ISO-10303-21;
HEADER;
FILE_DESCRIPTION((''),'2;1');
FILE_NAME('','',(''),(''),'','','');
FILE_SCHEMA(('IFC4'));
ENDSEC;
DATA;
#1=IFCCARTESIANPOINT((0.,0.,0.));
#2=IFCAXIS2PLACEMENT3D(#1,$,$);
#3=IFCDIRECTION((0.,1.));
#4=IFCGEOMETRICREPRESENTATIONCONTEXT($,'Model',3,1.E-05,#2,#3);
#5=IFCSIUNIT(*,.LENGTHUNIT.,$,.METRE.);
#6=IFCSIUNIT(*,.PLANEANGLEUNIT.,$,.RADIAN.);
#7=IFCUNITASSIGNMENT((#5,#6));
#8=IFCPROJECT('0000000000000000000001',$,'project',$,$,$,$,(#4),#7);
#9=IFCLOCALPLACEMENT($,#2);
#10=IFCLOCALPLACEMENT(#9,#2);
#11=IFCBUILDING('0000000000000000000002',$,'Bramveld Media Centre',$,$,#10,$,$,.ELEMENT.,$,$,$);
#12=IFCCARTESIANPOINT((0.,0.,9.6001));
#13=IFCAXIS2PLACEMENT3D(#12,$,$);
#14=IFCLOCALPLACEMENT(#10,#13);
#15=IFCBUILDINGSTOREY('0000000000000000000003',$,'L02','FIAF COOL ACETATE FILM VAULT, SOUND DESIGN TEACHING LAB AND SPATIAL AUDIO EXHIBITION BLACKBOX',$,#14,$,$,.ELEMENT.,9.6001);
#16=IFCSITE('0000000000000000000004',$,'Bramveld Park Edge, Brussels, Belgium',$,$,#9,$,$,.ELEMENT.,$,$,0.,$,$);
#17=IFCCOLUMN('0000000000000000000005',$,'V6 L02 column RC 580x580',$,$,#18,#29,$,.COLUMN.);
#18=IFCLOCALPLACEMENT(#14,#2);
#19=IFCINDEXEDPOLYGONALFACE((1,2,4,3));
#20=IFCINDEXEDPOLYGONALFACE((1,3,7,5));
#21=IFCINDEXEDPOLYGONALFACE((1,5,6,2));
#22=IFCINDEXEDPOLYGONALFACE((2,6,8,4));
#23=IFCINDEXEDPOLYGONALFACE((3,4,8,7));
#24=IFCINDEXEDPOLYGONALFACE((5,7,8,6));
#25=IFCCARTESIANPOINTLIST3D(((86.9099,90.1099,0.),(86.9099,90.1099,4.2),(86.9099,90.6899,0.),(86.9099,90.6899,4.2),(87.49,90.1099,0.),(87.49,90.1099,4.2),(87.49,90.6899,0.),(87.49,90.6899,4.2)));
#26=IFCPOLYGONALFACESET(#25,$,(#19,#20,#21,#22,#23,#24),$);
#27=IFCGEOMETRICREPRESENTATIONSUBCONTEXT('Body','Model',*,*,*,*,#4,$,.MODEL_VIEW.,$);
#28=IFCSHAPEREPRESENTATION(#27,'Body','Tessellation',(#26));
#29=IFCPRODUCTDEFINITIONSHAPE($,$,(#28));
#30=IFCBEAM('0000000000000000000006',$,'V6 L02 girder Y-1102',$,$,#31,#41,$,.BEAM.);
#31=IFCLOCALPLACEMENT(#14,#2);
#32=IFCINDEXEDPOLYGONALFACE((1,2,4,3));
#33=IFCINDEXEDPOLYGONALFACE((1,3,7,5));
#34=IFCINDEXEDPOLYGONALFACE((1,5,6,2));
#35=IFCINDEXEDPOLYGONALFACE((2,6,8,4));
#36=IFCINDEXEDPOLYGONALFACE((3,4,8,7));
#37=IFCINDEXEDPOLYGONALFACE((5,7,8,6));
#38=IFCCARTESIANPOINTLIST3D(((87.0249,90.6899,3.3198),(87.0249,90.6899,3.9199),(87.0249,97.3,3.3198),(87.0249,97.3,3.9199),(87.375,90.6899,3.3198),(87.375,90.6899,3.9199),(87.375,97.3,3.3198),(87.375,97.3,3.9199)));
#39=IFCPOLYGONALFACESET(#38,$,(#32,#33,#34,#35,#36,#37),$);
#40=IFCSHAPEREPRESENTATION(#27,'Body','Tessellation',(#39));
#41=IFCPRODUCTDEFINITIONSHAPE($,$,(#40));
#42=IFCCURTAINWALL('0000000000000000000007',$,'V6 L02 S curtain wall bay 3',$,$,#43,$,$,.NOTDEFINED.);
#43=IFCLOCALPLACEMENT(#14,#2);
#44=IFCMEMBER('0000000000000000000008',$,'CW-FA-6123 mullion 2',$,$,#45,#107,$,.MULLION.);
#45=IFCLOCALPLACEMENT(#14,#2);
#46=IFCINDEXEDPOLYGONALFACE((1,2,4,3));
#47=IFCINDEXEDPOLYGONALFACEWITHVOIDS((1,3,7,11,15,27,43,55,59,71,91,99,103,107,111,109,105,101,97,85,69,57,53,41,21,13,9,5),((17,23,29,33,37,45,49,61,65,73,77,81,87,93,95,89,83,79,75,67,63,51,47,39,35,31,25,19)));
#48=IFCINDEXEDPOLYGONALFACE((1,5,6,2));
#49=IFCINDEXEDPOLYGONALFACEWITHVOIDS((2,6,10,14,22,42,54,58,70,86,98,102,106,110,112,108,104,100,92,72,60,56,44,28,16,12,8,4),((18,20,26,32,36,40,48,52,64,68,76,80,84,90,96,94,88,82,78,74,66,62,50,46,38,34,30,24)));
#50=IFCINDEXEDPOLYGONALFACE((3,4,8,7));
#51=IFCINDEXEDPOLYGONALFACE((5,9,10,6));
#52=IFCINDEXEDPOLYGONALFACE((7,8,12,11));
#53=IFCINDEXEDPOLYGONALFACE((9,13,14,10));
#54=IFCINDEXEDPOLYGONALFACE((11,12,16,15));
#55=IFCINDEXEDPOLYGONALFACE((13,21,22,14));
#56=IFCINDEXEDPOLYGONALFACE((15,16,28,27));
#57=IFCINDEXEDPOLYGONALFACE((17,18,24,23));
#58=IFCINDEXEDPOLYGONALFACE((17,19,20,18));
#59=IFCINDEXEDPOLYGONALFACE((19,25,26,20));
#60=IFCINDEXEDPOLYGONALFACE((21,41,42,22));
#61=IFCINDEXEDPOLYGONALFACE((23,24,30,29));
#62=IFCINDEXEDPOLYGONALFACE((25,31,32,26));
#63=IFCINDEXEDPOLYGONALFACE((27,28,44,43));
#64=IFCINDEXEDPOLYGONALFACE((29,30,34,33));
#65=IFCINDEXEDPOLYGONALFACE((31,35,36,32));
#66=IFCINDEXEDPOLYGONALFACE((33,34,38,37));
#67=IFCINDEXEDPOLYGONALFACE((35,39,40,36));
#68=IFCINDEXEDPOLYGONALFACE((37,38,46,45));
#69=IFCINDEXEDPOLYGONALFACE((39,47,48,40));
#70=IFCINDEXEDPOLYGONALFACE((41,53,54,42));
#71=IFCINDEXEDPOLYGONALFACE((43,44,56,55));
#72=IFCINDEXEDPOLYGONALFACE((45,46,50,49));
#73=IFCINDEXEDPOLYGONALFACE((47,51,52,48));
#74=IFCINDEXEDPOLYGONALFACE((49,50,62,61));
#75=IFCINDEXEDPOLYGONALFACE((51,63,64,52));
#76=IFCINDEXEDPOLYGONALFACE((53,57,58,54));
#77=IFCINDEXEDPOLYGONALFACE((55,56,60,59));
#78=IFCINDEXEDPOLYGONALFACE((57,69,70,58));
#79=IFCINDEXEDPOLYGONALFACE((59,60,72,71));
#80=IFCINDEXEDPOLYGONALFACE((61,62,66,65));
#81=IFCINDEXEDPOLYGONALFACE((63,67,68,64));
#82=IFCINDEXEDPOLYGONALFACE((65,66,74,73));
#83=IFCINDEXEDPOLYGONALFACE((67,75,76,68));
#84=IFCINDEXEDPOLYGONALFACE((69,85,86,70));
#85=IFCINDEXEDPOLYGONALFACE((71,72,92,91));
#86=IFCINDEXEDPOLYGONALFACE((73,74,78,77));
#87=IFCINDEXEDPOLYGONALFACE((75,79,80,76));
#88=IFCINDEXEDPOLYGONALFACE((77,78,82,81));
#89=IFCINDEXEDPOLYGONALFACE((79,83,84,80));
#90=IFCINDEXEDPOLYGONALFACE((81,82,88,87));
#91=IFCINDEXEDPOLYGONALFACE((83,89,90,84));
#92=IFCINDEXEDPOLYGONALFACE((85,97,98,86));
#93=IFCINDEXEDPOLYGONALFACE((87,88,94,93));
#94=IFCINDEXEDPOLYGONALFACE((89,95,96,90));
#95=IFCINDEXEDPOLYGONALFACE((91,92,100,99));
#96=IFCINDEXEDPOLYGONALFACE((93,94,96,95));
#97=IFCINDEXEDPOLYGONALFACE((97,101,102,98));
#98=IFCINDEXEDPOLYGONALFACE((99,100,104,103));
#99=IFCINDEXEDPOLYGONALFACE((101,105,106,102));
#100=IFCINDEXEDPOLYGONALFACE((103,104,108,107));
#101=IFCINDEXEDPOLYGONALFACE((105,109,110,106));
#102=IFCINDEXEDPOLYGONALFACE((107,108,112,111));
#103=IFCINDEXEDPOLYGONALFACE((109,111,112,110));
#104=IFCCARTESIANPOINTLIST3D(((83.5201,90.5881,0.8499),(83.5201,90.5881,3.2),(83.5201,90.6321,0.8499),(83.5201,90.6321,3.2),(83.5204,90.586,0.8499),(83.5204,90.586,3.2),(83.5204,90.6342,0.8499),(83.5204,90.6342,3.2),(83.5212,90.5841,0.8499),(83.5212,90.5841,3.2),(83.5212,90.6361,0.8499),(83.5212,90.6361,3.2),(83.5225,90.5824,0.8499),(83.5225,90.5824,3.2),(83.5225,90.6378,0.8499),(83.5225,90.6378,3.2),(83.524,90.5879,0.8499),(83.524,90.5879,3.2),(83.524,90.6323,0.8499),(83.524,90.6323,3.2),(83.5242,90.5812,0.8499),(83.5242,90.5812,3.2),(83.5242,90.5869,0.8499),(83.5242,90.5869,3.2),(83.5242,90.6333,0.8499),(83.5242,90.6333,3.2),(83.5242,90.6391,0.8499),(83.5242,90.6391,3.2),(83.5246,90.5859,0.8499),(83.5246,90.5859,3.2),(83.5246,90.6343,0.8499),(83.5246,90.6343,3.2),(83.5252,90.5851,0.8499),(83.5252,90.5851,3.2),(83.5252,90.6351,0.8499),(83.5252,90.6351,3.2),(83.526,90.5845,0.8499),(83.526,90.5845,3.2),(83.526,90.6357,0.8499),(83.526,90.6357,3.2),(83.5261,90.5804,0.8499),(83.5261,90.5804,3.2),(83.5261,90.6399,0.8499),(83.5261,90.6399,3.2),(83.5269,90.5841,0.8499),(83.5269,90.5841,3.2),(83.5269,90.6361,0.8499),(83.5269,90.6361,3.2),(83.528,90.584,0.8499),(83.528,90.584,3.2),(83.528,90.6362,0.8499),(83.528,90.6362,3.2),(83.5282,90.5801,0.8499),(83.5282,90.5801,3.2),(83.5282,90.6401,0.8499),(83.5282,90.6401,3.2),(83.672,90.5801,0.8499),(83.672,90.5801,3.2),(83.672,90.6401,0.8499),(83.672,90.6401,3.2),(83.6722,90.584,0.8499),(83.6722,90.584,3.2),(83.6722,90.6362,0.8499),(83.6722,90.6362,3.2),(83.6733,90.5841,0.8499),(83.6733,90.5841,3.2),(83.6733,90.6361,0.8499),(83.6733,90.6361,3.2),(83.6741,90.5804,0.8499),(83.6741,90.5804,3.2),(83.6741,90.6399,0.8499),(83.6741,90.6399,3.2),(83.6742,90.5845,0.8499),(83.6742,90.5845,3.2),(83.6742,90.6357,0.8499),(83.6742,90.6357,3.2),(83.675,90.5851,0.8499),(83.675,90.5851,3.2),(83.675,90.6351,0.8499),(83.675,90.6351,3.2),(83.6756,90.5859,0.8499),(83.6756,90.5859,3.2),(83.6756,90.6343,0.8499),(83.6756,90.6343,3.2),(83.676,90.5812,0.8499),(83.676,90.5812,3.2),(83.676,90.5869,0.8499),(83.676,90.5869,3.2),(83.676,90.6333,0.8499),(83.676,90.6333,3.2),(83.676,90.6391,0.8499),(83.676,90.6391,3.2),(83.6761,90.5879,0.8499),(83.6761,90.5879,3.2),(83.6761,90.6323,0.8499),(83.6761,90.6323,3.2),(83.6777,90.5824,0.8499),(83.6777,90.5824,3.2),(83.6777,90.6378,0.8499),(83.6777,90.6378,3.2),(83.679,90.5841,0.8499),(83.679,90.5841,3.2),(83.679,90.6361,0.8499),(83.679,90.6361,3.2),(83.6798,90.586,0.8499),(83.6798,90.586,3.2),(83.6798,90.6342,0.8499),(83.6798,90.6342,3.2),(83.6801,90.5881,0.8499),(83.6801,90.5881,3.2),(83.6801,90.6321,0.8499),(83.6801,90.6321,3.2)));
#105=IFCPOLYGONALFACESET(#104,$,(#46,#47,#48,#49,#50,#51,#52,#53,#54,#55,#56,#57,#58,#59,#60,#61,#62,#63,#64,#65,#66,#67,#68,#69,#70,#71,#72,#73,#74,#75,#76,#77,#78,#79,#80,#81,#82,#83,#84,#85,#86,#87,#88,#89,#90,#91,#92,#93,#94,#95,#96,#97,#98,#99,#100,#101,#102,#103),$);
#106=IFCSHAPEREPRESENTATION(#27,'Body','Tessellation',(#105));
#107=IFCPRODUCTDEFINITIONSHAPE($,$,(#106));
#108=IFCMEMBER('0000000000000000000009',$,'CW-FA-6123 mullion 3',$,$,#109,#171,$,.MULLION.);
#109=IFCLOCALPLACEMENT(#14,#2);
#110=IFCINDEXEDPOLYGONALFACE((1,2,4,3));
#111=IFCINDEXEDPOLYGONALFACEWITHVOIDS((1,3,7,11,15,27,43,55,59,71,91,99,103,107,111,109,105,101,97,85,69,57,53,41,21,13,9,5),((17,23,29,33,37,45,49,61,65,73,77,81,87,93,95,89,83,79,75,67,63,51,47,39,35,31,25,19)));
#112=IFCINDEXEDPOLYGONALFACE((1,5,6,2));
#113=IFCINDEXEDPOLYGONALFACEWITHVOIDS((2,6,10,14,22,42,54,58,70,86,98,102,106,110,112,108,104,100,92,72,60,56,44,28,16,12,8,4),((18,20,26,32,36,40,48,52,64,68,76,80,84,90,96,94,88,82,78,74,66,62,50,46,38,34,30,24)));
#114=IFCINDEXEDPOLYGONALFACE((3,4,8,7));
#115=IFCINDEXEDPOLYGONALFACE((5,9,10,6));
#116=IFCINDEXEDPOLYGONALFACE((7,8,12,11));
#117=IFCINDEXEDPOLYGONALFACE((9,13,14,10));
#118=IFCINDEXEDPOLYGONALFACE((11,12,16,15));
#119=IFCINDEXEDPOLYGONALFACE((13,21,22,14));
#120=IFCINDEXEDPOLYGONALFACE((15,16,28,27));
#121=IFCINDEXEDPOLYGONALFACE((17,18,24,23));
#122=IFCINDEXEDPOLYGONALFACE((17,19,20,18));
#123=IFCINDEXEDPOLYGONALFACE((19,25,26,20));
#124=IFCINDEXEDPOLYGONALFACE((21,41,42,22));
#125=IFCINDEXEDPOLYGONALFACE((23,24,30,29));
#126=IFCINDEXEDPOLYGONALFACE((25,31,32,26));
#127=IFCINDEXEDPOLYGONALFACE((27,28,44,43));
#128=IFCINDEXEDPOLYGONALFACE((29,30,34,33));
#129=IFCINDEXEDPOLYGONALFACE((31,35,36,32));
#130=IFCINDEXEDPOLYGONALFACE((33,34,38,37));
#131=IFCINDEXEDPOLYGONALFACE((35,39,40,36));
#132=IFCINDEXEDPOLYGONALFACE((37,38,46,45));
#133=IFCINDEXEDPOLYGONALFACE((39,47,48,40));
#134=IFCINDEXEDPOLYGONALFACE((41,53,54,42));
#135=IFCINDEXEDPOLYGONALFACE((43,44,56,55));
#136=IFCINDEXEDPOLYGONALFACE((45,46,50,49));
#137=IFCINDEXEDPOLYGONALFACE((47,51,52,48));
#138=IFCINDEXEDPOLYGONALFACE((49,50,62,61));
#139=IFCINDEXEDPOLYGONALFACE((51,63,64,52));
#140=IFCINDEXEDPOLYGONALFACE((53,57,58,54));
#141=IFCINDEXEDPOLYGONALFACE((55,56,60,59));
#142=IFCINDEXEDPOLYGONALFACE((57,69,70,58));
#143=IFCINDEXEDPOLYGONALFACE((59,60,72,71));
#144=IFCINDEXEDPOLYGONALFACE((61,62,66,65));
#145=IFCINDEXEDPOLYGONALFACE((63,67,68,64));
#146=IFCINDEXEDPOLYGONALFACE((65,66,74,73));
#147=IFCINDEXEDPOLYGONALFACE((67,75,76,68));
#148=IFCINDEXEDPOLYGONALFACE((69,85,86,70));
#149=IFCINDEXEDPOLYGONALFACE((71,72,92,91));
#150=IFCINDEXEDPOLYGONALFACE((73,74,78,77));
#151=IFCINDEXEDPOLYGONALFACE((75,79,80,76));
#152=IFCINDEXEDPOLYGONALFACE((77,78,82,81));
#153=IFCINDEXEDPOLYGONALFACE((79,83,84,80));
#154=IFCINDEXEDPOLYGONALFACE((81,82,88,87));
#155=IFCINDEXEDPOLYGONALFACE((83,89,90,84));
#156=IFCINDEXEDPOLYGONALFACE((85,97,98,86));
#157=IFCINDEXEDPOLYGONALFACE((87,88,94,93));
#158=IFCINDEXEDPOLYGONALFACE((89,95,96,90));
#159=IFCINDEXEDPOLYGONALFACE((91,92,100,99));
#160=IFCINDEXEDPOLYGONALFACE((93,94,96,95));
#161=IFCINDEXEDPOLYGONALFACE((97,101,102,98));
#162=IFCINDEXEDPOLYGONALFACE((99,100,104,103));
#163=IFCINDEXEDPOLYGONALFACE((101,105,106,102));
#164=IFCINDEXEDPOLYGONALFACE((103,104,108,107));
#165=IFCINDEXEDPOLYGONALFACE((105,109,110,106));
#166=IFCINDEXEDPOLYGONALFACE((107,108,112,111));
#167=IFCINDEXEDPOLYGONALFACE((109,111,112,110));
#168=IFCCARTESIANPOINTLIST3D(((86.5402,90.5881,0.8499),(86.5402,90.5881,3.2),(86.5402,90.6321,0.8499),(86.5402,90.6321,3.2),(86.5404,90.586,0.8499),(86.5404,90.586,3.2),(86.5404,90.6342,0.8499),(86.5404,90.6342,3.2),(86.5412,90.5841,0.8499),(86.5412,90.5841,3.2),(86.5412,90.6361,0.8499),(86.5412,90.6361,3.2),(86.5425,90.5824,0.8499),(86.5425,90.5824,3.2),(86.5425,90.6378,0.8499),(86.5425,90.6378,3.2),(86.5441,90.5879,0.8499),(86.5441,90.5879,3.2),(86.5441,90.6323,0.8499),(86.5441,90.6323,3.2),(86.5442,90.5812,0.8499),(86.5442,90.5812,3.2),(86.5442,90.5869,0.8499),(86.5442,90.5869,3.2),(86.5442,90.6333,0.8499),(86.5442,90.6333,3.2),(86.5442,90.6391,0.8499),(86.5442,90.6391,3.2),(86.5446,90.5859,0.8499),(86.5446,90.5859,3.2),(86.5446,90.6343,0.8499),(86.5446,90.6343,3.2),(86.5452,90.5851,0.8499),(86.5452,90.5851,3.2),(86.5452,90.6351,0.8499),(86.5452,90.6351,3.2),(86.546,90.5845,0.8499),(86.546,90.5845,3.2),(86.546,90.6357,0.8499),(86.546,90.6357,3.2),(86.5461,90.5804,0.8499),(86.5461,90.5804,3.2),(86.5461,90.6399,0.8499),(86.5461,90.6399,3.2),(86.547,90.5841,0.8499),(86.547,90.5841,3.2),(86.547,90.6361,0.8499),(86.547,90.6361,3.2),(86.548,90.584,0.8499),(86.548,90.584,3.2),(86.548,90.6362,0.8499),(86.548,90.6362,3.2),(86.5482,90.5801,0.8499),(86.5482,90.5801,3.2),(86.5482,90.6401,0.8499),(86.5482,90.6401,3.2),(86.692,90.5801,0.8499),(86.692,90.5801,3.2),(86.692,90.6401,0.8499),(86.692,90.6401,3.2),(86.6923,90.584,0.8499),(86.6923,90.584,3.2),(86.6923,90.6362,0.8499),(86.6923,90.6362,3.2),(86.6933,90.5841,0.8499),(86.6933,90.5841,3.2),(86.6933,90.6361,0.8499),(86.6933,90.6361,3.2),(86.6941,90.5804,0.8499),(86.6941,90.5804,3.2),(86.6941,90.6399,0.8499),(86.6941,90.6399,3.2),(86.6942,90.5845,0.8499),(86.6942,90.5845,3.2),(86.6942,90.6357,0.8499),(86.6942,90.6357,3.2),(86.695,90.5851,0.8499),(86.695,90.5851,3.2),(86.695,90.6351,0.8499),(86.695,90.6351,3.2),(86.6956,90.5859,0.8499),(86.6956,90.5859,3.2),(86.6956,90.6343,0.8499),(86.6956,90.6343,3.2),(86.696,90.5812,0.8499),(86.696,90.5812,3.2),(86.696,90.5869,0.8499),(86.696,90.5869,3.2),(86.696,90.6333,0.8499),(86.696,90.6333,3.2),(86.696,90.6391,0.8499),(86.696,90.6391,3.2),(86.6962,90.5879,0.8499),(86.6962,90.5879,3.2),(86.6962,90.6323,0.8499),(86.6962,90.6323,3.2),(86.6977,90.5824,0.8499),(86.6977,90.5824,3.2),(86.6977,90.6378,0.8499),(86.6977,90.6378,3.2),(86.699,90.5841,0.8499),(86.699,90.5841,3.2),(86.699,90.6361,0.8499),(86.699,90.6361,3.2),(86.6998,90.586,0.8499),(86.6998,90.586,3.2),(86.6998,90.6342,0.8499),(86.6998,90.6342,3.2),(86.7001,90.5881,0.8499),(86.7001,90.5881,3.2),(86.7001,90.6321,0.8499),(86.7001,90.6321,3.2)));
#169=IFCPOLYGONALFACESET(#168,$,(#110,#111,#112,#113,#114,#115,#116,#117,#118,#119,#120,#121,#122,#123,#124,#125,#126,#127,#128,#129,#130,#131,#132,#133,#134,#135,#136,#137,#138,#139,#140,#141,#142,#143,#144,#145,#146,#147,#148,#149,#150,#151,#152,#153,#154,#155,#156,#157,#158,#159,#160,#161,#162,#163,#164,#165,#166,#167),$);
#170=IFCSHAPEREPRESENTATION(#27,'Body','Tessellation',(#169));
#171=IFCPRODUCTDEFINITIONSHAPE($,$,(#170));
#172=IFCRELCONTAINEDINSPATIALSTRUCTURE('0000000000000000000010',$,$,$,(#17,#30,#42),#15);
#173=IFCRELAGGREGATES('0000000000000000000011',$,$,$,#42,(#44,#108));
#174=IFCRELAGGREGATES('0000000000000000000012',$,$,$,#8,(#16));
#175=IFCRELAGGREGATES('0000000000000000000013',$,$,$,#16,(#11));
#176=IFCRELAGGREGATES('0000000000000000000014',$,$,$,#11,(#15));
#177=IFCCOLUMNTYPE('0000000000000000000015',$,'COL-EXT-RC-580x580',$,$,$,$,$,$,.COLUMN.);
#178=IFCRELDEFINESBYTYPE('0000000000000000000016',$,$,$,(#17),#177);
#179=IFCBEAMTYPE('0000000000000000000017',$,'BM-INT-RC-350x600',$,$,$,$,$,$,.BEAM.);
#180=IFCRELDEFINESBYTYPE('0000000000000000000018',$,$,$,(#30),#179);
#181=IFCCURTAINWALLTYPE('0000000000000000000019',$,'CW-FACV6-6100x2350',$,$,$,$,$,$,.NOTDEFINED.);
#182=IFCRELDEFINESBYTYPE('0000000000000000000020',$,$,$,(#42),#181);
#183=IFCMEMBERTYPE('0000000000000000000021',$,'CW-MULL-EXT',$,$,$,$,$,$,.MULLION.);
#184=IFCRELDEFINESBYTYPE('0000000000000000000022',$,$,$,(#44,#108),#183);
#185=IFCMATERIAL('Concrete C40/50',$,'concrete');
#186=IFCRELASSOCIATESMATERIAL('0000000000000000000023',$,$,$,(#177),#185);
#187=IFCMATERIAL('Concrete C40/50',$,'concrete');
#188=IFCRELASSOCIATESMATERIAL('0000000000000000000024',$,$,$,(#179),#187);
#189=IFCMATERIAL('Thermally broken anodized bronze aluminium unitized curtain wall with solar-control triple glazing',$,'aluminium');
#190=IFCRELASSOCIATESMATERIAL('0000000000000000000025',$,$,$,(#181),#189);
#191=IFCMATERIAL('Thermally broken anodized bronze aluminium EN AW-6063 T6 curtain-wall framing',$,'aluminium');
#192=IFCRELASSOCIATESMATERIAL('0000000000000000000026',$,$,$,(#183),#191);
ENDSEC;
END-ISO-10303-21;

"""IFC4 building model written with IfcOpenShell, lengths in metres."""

from ifc_helpers import new_model, si_unit, direction, frame, origin, origin_2d, place, context, subcontext, project, spatial, rectangle, hollow_rectangle, extrude, material, material_profile, profile_set, type_object, element, aggregate, save


model = new_model("IFC4")

# Units and contexts
model_context = context("Model", 3, precision=1e-05, world=origin(), true_north=direction((0.0, 1.0)))
body_context = subcontext(model_context, "Body", "Model", "MODEL_VIEW")
ifc_project = project(units=[si_unit("LENGTHUNIT", "METRE"), si_unit("PLANEANGLEUNIT", "RADIAN")], contexts=[model_context])

# Site, building, storey
site_placement = place(None, origin())
site = spatial("IfcSite", under=ifc_project, at=site_placement, Name="Bramveld Park Edge, Brussels, Belgium", CompositionType="ELEMENT", RefElevation=0.0)
building_placement = place(site_placement, origin())
building = spatial("IfcBuilding", under=site, at=building_placement, Name="Bramveld Media Centre", CompositionType="ELEMENT")
storey_placement = place(building_placement, frame((0.0, 0.0, 9.6001)))
storey = spatial("IfcBuildingStorey", under=building, at=storey_placement, Name="L02", Description="FIAF COOL ACETATE FILM VAULT, SOUND DESIGN TEACHING LAB AND SPATIAL AUDIO EXHIBITION BLACKBOX", CompositionType="ELEMENT", Elevation=9.6001)

# Column
ifc_material_1 = material(Name="Concrete C40/50", Category="concrete")
ifc_material_profile_1 = material_profile(ifc_material_1, rectangle(XDim=0.5801, YDim=0.5801, at=origin_2d()), Name="RC 580x580")
ifc_profile_set_1 = profile_set([ifc_material_profile_1], Name="Concrete C40/50")
column_type = type_object("IfcColumnType", Name="COL-EXT-RC-580x580", PredefinedType="COLUMN", material=ifc_profile_set_1)
column_placement = place(storey_placement, frame((87.2, 90.3999, 0.0), z_axis=(0.0, 0.0, 1.0), x_axis=(1.0, 0.0, 0.0)))
element("IfcColumn", 1, at=column_placement, inside=storey, type_object=column_type, Name="V6 L02 column RC 580x580", PredefinedType="COLUMN", context=body_context, shape_type="SweptSolid", body=[
    extrude(rectangle(XDim=0.5801, YDim=0.5801, at=origin_2d()), origin(), (0.0, 0.0, 1.0), 4.2),
])

# Beam
ifc_material_2 = material(Name="Concrete C40/50", Category="concrete")
ifc_material_profile_2 = material_profile(ifc_material_2, rectangle(XDim=0.3501, YDim=0.6001, at=origin_2d()), Name="RC 350x600")
ifc_profile_set_2 = profile_set([ifc_material_profile_2], Name="Concrete C40/50")
beam_type_1 = type_object("IfcBeamType", Name="BM-INT-RC-350x600", PredefinedType="BEAM", material=ifc_profile_set_2)
beam_1_placement = place(storey_placement, frame((87.2, 90.6899, 3.6199), z_axis=(0.0, 1.0, 0.0), x_axis=(-1.0, 0.0, 0.0)))
element("IfcBeam", 2, at=beam_1_placement, inside=storey, type_object=beam_type_1, Name="V6 L02 girder Y-1102", PredefinedType="BEAM", context=body_context, shape_type="SweptSolid", body=[
    extrude(rectangle(XDim=0.3501, YDim=0.6001, at=origin_2d()), origin(), (0.0, 0.0, 1.0), 6.6101),
])

# Curtain wall, members
ifc_material_3 = material(Name="Thermally broken anodized bronze aluminium unitized curtain wall with solar-control triple glazing", Category="aluminium")
curtain_wall_type = type_object("IfcCurtainWallType", Name="CW-FACV6-6100x2350", PredefinedType="NOTDEFINED", material=ifc_material_3)
curtain_wall_1_placement = place(storey_placement, origin())
curtain_wall_1 = element("IfcCurtainWall", 3, at=curtain_wall_1_placement, inside=storey, type_object=curtain_wall_type, Name="V6 L02 S curtain wall bay 3", PredefinedType="NOTDEFINED")
ifc_material_4 = material(Name="Thermally broken anodized bronze aluminium EN AW-6063 T6 curtain-wall framing", Category="aluminium")
ifc_material_profile_3 = material_profile(ifc_material_4, hollow_rectangle(XDim=0.0601, YDim=0.1599, WallThickness=0.0039, InnerFilletRadius=0.0039, OuterFilletRadius=0.0081, at=origin_2d()), Name="AL-MULL 60x160")
ifc_profile_set_3 = profile_set([ifc_material_profile_3], Name="Thermally broken anodized bronze aluminium EN AW-6063 T6 curtain-wall framing")
member_type_1 = type_object("IfcMemberType", Name="CW-MULL-EXT", PredefinedType="MULLION", material=ifc_profile_set_3)
member_1_placement = place(storey_placement, frame((83.6001, 90.6101, 0.8499), z_axis=(0.0, 0.0, 1.0), x_axis=(0.0, 1.0, 0.0)))
member_1 = element("IfcMember", 4, at=member_1_placement, type_object=member_type_1, Name="CW-FA-6123 mullion 2", PredefinedType="MULLION", context=body_context, shape_type="SweptSolid", body=[
    extrude(hollow_rectangle(XDim=0.0601, YDim=0.1599, WallThickness=0.0039, InnerFilletRadius=0.0039, OuterFilletRadius=0.0081, at=origin_2d()), origin(), (0.0, 0.0, 1.0), 2.3501),
])
member_2_placement = place(storey_placement, frame((86.6201, 90.6101, 0.8499), z_axis=(0.0, 0.0, 1.0), x_axis=(0.0, 1.0, 0.0)))
member_2 = element("IfcMember", 5, at=member_2_placement, type_object=member_type_1, Name="CW-FA-6123 mullion 3", PredefinedType="MULLION", context=body_context, shape_type="SweptSolid", body=[
    extrude(hollow_rectangle(XDim=0.0601, YDim=0.1599, WallThickness=0.0039, InnerFilletRadius=0.0039, OuterFilletRadius=0.0081, at=origin_2d()), origin(), (0.0, 0.0, 1.0), 2.3501),
])

aggregate(curtain_wall_1, [member_1, member_2])

save(model, "model.ifc")
